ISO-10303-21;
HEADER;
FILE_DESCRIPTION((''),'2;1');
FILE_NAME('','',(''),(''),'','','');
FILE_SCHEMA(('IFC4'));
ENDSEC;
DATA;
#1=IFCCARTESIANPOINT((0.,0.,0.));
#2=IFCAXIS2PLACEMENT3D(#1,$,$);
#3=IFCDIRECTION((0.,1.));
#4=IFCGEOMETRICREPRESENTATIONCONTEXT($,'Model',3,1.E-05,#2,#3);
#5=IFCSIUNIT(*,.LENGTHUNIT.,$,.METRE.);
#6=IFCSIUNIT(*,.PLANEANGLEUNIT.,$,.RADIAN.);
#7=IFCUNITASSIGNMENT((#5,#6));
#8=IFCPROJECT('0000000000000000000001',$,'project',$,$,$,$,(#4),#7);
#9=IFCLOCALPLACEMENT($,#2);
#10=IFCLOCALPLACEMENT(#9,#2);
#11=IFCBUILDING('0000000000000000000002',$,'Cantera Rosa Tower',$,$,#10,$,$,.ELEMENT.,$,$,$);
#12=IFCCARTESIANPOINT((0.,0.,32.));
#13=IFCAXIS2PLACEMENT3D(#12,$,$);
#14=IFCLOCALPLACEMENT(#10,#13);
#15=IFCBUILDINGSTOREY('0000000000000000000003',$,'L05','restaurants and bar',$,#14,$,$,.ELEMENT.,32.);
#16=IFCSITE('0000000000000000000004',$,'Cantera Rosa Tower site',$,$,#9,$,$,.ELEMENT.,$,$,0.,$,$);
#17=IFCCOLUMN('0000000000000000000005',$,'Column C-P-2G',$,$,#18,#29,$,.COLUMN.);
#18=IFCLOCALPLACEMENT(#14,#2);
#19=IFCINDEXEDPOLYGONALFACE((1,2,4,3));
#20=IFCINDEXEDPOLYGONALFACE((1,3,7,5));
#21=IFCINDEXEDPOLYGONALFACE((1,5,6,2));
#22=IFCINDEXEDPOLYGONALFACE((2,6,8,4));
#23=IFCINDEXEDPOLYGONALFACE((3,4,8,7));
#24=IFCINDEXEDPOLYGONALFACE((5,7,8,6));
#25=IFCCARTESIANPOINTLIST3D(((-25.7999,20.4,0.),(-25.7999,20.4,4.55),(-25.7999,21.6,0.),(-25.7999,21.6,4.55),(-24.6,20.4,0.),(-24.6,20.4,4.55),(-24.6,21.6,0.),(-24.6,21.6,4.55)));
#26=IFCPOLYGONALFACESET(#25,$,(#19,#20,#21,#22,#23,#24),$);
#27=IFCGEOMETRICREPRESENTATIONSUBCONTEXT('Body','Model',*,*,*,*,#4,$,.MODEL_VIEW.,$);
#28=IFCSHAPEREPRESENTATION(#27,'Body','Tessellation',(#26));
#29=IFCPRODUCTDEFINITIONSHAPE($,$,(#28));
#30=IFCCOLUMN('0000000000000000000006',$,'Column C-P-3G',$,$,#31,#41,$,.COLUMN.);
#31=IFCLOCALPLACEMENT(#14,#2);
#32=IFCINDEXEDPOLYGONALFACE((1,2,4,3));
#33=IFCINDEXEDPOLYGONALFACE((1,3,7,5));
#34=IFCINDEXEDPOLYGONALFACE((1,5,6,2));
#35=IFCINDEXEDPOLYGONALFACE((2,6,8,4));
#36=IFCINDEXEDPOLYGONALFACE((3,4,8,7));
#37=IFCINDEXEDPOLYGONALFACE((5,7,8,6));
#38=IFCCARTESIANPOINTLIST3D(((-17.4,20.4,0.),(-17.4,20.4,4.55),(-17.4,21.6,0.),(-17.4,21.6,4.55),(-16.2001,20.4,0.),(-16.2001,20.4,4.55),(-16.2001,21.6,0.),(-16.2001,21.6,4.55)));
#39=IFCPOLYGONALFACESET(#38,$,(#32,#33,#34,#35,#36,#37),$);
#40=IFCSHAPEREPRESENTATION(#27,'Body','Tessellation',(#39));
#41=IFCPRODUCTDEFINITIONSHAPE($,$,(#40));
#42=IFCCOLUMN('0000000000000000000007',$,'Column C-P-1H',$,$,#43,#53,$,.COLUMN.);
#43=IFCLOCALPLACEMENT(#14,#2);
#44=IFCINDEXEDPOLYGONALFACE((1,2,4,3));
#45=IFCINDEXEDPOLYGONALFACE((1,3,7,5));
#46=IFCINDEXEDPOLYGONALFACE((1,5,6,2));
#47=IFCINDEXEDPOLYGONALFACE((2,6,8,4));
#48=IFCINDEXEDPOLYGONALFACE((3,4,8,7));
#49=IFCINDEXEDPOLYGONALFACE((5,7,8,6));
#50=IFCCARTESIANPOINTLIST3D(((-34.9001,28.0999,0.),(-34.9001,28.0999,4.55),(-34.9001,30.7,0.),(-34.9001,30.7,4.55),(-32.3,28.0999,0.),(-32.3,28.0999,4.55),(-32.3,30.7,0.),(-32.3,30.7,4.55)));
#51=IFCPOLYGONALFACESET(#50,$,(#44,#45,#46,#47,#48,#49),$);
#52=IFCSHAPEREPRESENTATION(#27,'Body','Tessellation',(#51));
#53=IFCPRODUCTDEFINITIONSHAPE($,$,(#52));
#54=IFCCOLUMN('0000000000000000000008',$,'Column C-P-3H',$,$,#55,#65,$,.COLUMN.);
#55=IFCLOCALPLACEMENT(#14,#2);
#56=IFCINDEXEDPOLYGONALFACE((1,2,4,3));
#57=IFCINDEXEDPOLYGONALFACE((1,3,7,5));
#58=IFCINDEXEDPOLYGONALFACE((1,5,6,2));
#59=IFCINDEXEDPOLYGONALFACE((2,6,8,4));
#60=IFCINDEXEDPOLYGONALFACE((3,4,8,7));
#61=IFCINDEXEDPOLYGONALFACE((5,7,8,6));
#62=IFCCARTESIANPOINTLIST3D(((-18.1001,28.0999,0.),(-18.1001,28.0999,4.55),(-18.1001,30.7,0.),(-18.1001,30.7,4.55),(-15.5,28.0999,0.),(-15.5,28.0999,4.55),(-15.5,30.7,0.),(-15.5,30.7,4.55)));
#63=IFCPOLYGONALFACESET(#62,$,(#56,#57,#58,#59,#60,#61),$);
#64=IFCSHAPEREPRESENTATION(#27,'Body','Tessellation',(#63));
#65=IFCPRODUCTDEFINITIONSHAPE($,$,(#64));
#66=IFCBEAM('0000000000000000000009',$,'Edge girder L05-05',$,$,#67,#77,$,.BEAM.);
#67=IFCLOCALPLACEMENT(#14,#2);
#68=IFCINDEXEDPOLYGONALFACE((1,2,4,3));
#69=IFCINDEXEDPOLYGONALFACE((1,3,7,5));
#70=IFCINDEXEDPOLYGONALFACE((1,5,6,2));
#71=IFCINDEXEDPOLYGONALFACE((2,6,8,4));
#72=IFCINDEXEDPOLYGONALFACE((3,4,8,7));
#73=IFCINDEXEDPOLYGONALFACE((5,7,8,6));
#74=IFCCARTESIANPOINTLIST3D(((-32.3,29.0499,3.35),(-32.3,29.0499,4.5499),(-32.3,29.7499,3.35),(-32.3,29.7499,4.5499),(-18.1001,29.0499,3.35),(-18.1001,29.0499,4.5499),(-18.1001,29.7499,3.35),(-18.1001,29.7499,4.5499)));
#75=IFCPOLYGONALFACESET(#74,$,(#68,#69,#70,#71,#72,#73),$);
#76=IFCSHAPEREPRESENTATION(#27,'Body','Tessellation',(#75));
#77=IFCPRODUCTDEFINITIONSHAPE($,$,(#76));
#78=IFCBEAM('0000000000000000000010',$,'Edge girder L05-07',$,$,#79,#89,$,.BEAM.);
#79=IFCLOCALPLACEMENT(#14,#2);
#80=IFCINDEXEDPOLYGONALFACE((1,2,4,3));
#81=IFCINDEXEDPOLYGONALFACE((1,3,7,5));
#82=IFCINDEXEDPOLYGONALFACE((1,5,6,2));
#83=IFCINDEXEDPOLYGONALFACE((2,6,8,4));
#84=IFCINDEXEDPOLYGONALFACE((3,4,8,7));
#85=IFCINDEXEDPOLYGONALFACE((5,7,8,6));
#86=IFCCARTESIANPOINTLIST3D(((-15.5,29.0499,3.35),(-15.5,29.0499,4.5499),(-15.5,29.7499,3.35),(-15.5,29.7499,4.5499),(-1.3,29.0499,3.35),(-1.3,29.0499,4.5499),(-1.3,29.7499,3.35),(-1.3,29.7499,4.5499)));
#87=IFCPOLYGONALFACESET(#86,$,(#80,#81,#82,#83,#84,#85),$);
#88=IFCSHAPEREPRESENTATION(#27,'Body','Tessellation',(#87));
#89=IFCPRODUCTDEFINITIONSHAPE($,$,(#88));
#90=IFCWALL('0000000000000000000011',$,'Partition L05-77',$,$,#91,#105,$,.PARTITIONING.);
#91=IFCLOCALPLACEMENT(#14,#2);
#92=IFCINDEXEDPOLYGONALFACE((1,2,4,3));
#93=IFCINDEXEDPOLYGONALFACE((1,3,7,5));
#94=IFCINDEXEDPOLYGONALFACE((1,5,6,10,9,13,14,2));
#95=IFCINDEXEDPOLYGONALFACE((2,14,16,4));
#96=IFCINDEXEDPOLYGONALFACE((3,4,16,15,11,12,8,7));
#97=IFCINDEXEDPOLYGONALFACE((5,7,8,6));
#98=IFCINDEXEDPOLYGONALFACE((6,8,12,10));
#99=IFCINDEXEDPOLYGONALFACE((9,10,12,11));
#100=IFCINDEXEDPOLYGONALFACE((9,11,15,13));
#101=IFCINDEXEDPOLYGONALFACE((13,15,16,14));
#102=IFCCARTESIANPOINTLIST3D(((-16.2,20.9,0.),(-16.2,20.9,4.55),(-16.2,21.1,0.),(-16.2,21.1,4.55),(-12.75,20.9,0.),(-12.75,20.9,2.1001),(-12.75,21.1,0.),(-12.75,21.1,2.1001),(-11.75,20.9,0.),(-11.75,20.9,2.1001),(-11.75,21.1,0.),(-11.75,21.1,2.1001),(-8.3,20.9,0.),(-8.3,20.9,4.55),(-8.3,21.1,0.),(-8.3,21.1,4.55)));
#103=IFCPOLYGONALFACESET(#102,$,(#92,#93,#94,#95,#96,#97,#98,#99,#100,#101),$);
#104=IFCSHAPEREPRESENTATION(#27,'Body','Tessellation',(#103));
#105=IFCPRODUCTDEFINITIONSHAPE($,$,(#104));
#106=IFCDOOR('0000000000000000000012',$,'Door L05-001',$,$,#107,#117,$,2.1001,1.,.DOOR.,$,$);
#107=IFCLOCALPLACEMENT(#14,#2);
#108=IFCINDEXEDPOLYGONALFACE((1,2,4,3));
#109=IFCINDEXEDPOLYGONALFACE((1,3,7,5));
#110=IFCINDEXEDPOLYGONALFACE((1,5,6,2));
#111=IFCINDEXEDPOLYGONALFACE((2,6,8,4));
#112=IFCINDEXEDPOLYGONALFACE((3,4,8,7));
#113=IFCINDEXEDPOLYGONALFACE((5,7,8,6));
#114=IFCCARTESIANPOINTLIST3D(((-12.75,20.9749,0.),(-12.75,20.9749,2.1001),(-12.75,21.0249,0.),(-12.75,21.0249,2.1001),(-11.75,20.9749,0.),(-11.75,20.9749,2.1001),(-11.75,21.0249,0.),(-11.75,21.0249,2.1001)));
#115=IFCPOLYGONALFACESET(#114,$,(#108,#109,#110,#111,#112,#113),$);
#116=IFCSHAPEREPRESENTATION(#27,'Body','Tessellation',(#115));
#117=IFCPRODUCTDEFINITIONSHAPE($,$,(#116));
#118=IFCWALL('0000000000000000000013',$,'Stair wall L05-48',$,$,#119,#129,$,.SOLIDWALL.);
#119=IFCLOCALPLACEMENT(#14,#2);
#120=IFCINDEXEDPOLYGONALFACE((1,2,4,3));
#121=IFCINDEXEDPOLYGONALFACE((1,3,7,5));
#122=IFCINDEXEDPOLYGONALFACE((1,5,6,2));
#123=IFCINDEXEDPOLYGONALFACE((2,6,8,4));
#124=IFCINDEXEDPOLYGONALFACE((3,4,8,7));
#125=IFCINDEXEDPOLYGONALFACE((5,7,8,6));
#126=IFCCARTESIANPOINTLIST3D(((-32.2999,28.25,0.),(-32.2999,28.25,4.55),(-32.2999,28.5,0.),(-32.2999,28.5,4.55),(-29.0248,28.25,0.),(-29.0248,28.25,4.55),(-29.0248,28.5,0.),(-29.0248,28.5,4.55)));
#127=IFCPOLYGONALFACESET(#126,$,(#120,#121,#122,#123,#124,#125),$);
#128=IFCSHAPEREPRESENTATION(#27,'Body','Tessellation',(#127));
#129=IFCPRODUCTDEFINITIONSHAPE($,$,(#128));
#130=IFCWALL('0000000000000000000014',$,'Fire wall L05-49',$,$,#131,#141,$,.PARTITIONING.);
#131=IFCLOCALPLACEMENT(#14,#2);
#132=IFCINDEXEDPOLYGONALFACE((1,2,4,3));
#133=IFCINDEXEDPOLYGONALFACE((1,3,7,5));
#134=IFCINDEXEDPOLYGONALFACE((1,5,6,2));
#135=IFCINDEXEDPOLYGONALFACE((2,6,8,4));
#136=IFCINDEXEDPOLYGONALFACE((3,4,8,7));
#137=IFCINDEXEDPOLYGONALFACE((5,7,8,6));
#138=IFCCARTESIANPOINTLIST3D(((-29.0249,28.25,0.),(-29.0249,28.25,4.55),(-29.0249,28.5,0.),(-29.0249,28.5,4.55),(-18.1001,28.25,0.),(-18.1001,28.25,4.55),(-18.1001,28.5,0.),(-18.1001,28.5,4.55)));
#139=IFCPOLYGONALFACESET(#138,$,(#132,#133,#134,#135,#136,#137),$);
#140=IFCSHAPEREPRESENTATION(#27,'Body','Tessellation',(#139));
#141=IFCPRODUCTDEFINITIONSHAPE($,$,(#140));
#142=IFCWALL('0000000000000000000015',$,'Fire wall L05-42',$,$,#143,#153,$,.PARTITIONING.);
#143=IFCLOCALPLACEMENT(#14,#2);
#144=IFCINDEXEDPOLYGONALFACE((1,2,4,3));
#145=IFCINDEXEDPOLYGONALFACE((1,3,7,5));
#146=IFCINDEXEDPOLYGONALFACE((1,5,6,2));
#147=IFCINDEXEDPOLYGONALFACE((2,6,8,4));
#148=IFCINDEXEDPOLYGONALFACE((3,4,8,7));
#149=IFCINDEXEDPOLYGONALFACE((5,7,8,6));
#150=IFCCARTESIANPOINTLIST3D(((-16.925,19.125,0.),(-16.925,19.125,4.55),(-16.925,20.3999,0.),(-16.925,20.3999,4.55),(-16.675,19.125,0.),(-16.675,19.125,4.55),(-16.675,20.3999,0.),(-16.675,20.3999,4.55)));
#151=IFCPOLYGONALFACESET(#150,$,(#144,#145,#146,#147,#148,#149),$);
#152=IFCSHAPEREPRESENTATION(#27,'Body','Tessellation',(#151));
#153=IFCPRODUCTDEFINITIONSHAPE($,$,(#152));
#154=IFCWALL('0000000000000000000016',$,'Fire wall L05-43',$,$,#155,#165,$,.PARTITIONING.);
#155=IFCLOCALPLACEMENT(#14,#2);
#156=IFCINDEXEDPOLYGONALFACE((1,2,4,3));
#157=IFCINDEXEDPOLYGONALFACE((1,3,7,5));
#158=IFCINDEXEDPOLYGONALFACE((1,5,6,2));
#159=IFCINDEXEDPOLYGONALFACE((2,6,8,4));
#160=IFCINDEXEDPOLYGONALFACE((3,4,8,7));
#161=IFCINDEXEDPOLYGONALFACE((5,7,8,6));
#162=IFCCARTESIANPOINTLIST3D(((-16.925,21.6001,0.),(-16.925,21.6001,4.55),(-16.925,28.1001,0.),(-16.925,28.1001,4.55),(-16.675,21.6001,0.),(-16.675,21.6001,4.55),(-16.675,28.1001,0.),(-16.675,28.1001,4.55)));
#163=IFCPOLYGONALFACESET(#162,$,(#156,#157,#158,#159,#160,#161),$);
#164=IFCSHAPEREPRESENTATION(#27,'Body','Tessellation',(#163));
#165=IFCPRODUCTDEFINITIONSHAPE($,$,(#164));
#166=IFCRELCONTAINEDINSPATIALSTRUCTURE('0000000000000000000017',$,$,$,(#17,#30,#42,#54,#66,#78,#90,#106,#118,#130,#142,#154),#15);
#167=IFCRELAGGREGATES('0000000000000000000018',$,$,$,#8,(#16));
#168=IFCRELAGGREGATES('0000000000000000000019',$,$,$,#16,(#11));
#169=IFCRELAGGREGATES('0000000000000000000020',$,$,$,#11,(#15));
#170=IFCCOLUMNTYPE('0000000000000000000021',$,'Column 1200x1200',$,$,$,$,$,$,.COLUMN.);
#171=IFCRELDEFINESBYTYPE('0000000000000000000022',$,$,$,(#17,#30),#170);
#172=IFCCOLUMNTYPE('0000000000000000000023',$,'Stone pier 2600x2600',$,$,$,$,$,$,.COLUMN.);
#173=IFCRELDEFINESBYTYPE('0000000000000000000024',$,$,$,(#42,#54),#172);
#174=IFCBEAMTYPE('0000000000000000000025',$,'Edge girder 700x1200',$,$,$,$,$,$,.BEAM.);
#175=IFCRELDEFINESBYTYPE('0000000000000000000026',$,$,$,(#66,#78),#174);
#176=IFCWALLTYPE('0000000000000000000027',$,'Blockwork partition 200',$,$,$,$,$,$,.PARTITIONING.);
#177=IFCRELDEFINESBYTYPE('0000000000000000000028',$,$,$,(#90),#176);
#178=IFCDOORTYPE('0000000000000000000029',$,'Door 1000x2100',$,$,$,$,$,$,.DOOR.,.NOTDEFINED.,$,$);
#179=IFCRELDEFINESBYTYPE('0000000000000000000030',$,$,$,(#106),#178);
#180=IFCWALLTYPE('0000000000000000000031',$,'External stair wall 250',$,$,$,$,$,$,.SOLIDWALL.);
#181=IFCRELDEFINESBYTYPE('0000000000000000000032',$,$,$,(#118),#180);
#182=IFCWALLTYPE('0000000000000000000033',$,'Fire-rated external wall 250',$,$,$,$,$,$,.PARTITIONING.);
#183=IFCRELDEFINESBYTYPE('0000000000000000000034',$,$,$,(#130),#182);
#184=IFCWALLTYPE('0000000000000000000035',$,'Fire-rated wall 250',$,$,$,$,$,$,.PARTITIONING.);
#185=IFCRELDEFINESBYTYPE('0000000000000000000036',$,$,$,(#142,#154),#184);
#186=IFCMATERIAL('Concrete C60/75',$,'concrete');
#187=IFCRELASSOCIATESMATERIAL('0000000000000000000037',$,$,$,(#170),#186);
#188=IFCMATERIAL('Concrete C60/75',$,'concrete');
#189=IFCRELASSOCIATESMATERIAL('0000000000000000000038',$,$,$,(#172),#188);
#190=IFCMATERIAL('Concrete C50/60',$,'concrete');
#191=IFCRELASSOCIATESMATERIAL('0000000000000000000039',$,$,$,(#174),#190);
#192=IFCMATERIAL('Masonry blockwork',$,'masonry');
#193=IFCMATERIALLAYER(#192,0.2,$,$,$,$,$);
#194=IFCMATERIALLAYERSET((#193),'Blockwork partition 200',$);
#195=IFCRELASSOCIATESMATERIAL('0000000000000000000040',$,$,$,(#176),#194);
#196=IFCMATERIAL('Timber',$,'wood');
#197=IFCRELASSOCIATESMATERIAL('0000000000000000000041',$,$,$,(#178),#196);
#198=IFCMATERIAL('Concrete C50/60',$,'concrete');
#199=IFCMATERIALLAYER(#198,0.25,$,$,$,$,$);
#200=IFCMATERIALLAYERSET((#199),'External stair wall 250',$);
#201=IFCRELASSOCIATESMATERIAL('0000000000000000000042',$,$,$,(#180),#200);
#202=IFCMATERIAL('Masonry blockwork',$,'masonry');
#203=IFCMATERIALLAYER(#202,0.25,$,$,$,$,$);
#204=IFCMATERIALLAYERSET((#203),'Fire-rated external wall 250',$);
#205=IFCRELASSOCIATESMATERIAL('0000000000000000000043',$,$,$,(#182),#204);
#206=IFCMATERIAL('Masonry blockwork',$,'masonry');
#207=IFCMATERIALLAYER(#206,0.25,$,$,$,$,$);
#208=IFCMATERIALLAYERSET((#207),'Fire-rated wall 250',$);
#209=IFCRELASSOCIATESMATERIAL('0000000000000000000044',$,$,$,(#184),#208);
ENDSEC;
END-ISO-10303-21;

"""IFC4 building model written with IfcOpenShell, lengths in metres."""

from ifc_helpers import new_model, si_unit, direction, frame, frame_2d, origin, origin_2d, place, context, subcontext, project, spatial, rectangle, extrude, material, layer, layer_set, material_profile, profile_set, type_object, element, fill, save


model = new_model("IFC4")

# Units and contexts
model_context = context("Model", 3, precision=1e-05, world=origin(), true_north=direction((0.0, 1.0)))
body_context = subcontext(model_context, "Body", "Model", "MODEL_VIEW")
ifc_project = project(units=[si_unit("LENGTHUNIT", "METRE"), si_unit("PLANEANGLEUNIT", "RADIAN")], contexts=[model_context])

# Site, building, storey
site_placement = place(None, origin())
site = spatial("IfcSite", under=ifc_project, at=site_placement, Name="Cantera Rosa Tower site", CompositionType="ELEMENT", RefElevation=0.0)
building_placement = place(site_placement, origin())
building = spatial("IfcBuilding", under=site, at=building_placement, Name="Cantera Rosa Tower", CompositionType="ELEMENT")
storey_placement = place(building_placement, frame((0.0, 0.0, 32.0)))
storey = spatial("IfcBuildingStorey", under=building, at=storey_placement, Name="L05", Description="restaurants and bar", CompositionType="ELEMENT", Elevation=32.0)

# Columns
ifc_material_1 = material(Name="Concrete C60/75", Category="concrete")
ifc_material_profile_1 = material_profile(ifc_material_1, rectangle(XDim=1.2, YDim=1.2, at=origin_2d()), Name="Column 1200x1200")
ifc_profile_set_1 = profile_set([ifc_material_profile_1], Name="Concrete C60/75")
column_type_1 = type_object("IfcColumnType", Name="Column 1200x1200", PredefinedType="COLUMN", material=ifc_profile_set_1)
for number, where, z_axis, x_axis, name in (
    (1, (-25.2, 21.0, 0.0), (0.0, 0.0, 1.0), (1.0, 0.0, 0.0), "Column C-P-2G"),
    (2, (-16.8, 21.0, 0.0), (0.0, 0.0, 1.0), (1.0, 0.0, 0.0), "Column C-P-3G"),
):
    element("IfcColumn", number, at=place(storey_placement, frame(where, z_axis=z_axis, x_axis=x_axis)), inside=storey, type_object=column_type_1, Name=name, PredefinedType="COLUMN", context=body_context, shape_type="SweptSolid", body=[
        extrude(rectangle(XDim=1.2, YDim=1.2, at=origin_2d()), origin(), (0.0, 0.0, 1.0), 4.55),
    ])
ifc_material_2 = material(Name="Concrete C60/75", Category="concrete")
ifc_material_profile_2 = material_profile(ifc_material_2, rectangle(XDim=2.6001, YDim=2.6001, at=origin_2d()), Name="Stone pier 2600x2600")
ifc_profile_set_2 = profile_set([ifc_material_profile_2], Name="Concrete C60/75")
column_type_2 = type_object("IfcColumnType", Name="Stone pier 2600x2600", PredefinedType="COLUMN", material=ifc_profile_set_2)
for number, where, z_axis, x_axis, name in (
    (3, (-33.6001, 29.3999, 0.0), (0.0, 0.0, 1.0), (1.0, 0.0, 0.0), "Column C-P-1H"),
    (4, (-16.8, 29.3999, 0.0), (0.0, 0.0, 1.0), (1.0, 0.0, 0.0), "Column C-P-3H"),
):
    element("IfcColumn", number, at=place(storey_placement, frame(where, z_axis=z_axis, x_axis=x_axis)), inside=storey, type_object=column_type_2, Name=name, PredefinedType="COLUMN", context=body_context, shape_type="SweptSolid", body=[
        extrude(rectangle(XDim=2.6001, YDim=2.6001, at=origin_2d()), origin(), (0.0, 0.0, 1.0), 4.55),
    ])

# Beams
ifc_material_3 = material(Name="Concrete C50/60", Category="concrete")
ifc_material_profile_3 = material_profile(ifc_material_3, rectangle(XDim=0.7, YDim=1.2, at=origin_2d()), Name="Edge girder 700x1200")
ifc_profile_set_3 = profile_set([ifc_material_profile_3], Name="Concrete C50/60")
beam_type = type_object("IfcBeamType", Name="Edge girder 700x1200", PredefinedType="BEAM", material=ifc_profile_set_3)
for number, where, z_axis, x_axis, name in (
    (5, (-32.3, 29.3999, 3.95), (1.0, 0.0, 0.0), (0.0, 1.0, 0.0), "Edge girder L05-05"),
    (6, (-15.5, 29.3999, 3.95), (1.0, 0.0, 0.0), (0.0, 1.0, 0.0), "Edge girder L05-07"),
):
    element("IfcBeam", number, at=place(storey_placement, frame(where, z_axis=z_axis, x_axis=x_axis)), inside=storey, type_object=beam_type, Name=name, PredefinedType="BEAM", context=body_context, shape_type="SweptSolid", body=[
        extrude(rectangle(XDim=0.7, YDim=1.2, at=origin_2d()), origin(), (0.0, 0.0, 1.0), 14.2),
    ])

# Wall, opening, door
ifc_material_4 = material(Name="Masonry blockwork", Category="masonry")
ifc_layer_1 = layer(ifc_material_4, 0.2)
ifc_layer_set_1 = layer_set([ifc_layer_1], Name="Blockwork partition 200")
wall_type_1 = type_object("IfcWallType", Name="Blockwork partition 200", PredefinedType="PARTITIONING", material=ifc_layer_set_1)
wall_1_placement = place(storey_placement, frame((-16.2, 21.0, 0.0), z_axis=(0.0, 0.0, 1.0), x_axis=(1.0, 0.0, 0.0)))
wall_1 = element("IfcWall", 7, at=wall_1_placement, inside=storey, type_object=wall_type_1, Name="Partition L05-77", PredefinedType="PARTITIONING", context=body_context, shape_type="SweptSolid", body=[
    extrude(rectangle(XDim=7.8999, YDim=0.2, at=frame_2d((3.95, 0.0))), origin(), (0.0, 0.0, 1.0), 4.55),
])
opening_1_placement = place(wall_1_placement, frame((3.45, 0.0, 0.0)))
opening_1 = element("IfcOpeningElement", 8, at=opening_1_placement, cuts=wall_1, PredefinedType="OPENING", context=body_context, shape_type="SweptSolid", body=[
    extrude(rectangle(XDim=1.0, YDim=2.1001, at=frame_2d((0.5, 1.05))), frame((0.0, 0.1099, 0.0), z_axis=(0.0, -1.0, 0.0), x_axis=(1.0, 0.0, 0.0)), (0.0, 0.0, 1.0), 0.22),
])
ifc_material_5 = material(Name="Timber", Category="wood")
door_type_1 = type_object("IfcDoorType", Name="Door 1000x2100", OperationType="NOTDEFINED", PredefinedType="DOOR", material=ifc_material_5)
door_1_placement = place(opening_1_placement, origin())
door_1 = element("IfcDoor", 9, at=door_1_placement, inside=storey, type_object=door_type_1, Name="Door L05-001", OverallHeight=2.1001, OverallWidth=1.0, PredefinedType="DOOR", context=body_context, shape_type="SweptSolid", body=[
    extrude(rectangle(XDim=1.0, YDim=2.1001, at=frame_2d((0.5, 1.05))), frame((0.0, 0.0249, 0.0), z_axis=(0.0, -1.0, 0.0), x_axis=(1.0, 0.0, 0.0)), (0.0, 0.0, 1.0), 0.05),
])
fill(opening_1, door_1)

# Walls
ifc_material_6 = material(Name="Concrete C50/60", Category="concrete")
ifc_layer_2 = layer(ifc_material_6, 0.25)
ifc_layer_set_2 = layer_set([ifc_layer_2], Name="External stair wall 250")
wall_type_2 = type_object("IfcWallType", Name="External stair wall 250", PredefinedType="SOLIDWALL", material=ifc_layer_set_2)
wall_2_placement = place(storey_placement, frame((-32.3, 28.375, 0.0), z_axis=(0.0, 0.0, 1.0), x_axis=(1.0, 0.0, 0.0)))
element("IfcWall", 10, at=wall_2_placement, inside=storey, type_object=wall_type_2, Name="Stair wall L05-48", PredefinedType="SOLIDWALL", context=body_context, shape_type="SweptSolid", body=[
    extrude(rectangle(XDim=3.2751, YDim=0.25, at=frame_2d((1.6377, 0.0))), origin(), (0.0, 0.0, 1.0), 4.55),
])
ifc_material_7 = material(Name="Masonry blockwork", Category="masonry")
ifc_layer_3 = layer(ifc_material_7, 0.25)
ifc_layer_set_3 = layer_set([ifc_layer_3], Name="Fire-rated external wall 250")
wall_type_3 = type_object("IfcWallType", Name="Fire-rated external wall 250", PredefinedType="PARTITIONING", material=ifc_layer_set_3)
wall_3_placement = place(storey_placement, frame((-29.0249, 28.375, 0.0), z_axis=(0.0, 0.0, 1.0), x_axis=(1.0, 0.0, 0.0)))
element("IfcWall", 11, at=wall_3_placement, inside=storey, type_object=wall_type_3, Name="Fire wall L05-49", PredefinedType="PARTITIONING", context=body_context, shape_type="SweptSolid", body=[
    extrude(rectangle(XDim=10.9248, YDim=0.25, at=frame_2d((5.4624, 0.0))), origin(), (0.0, 0.0, 1.0), 4.55),
])
ifc_material_8 = material(Name="Masonry blockwork", Category="masonry")
ifc_layer_4 = layer(ifc_material_8, 0.25)
ifc_layer_set_4 = layer_set([ifc_layer_4], Name="Fire-rated wall 250")
wall_type_4 = type_object("IfcWallType", Name="Fire-rated wall 250", PredefinedType="PARTITIONING", material=ifc_layer_set_4)
wall_4_placement = place(storey_placement, frame((-16.8, 19.125, 0.0), z_axis=(0.0, 0.0, 1.0), x_axis=(0.0, 1.0, 0.0)))
element("IfcWall", 12, at=wall_4_placement, inside=storey, type_object=wall_type_4, Name="Fire wall L05-42", PredefinedType="PARTITIONING", context=body_context, shape_type="SweptSolid", body=[
    extrude(rectangle(XDim=1.2749, YDim=0.25, at=frame_2d((0.6375, 0.0))), origin(), (0.0, 0.0, 1.0), 4.55),
])
wall_5_placement = place(storey_placement, frame((-16.8, 21.6001, 0.0), z_axis=(0.0, 0.0, 1.0), x_axis=(0.0, 1.0, 0.0)))
element("IfcWall", 13, at=wall_5_placement, inside=storey, type_object=wall_type_4, Name="Fire wall L05-43", PredefinedType="PARTITIONING", context=body_context, shape_type="SweptSolid", body=[
    extrude(rectangle(XDim=6.5, YDim=0.25, at=frame_2d((3.25, 0.0))), origin(), (0.0, 0.0, 1.0), 4.55),
])

save(model, "model.ifc")
